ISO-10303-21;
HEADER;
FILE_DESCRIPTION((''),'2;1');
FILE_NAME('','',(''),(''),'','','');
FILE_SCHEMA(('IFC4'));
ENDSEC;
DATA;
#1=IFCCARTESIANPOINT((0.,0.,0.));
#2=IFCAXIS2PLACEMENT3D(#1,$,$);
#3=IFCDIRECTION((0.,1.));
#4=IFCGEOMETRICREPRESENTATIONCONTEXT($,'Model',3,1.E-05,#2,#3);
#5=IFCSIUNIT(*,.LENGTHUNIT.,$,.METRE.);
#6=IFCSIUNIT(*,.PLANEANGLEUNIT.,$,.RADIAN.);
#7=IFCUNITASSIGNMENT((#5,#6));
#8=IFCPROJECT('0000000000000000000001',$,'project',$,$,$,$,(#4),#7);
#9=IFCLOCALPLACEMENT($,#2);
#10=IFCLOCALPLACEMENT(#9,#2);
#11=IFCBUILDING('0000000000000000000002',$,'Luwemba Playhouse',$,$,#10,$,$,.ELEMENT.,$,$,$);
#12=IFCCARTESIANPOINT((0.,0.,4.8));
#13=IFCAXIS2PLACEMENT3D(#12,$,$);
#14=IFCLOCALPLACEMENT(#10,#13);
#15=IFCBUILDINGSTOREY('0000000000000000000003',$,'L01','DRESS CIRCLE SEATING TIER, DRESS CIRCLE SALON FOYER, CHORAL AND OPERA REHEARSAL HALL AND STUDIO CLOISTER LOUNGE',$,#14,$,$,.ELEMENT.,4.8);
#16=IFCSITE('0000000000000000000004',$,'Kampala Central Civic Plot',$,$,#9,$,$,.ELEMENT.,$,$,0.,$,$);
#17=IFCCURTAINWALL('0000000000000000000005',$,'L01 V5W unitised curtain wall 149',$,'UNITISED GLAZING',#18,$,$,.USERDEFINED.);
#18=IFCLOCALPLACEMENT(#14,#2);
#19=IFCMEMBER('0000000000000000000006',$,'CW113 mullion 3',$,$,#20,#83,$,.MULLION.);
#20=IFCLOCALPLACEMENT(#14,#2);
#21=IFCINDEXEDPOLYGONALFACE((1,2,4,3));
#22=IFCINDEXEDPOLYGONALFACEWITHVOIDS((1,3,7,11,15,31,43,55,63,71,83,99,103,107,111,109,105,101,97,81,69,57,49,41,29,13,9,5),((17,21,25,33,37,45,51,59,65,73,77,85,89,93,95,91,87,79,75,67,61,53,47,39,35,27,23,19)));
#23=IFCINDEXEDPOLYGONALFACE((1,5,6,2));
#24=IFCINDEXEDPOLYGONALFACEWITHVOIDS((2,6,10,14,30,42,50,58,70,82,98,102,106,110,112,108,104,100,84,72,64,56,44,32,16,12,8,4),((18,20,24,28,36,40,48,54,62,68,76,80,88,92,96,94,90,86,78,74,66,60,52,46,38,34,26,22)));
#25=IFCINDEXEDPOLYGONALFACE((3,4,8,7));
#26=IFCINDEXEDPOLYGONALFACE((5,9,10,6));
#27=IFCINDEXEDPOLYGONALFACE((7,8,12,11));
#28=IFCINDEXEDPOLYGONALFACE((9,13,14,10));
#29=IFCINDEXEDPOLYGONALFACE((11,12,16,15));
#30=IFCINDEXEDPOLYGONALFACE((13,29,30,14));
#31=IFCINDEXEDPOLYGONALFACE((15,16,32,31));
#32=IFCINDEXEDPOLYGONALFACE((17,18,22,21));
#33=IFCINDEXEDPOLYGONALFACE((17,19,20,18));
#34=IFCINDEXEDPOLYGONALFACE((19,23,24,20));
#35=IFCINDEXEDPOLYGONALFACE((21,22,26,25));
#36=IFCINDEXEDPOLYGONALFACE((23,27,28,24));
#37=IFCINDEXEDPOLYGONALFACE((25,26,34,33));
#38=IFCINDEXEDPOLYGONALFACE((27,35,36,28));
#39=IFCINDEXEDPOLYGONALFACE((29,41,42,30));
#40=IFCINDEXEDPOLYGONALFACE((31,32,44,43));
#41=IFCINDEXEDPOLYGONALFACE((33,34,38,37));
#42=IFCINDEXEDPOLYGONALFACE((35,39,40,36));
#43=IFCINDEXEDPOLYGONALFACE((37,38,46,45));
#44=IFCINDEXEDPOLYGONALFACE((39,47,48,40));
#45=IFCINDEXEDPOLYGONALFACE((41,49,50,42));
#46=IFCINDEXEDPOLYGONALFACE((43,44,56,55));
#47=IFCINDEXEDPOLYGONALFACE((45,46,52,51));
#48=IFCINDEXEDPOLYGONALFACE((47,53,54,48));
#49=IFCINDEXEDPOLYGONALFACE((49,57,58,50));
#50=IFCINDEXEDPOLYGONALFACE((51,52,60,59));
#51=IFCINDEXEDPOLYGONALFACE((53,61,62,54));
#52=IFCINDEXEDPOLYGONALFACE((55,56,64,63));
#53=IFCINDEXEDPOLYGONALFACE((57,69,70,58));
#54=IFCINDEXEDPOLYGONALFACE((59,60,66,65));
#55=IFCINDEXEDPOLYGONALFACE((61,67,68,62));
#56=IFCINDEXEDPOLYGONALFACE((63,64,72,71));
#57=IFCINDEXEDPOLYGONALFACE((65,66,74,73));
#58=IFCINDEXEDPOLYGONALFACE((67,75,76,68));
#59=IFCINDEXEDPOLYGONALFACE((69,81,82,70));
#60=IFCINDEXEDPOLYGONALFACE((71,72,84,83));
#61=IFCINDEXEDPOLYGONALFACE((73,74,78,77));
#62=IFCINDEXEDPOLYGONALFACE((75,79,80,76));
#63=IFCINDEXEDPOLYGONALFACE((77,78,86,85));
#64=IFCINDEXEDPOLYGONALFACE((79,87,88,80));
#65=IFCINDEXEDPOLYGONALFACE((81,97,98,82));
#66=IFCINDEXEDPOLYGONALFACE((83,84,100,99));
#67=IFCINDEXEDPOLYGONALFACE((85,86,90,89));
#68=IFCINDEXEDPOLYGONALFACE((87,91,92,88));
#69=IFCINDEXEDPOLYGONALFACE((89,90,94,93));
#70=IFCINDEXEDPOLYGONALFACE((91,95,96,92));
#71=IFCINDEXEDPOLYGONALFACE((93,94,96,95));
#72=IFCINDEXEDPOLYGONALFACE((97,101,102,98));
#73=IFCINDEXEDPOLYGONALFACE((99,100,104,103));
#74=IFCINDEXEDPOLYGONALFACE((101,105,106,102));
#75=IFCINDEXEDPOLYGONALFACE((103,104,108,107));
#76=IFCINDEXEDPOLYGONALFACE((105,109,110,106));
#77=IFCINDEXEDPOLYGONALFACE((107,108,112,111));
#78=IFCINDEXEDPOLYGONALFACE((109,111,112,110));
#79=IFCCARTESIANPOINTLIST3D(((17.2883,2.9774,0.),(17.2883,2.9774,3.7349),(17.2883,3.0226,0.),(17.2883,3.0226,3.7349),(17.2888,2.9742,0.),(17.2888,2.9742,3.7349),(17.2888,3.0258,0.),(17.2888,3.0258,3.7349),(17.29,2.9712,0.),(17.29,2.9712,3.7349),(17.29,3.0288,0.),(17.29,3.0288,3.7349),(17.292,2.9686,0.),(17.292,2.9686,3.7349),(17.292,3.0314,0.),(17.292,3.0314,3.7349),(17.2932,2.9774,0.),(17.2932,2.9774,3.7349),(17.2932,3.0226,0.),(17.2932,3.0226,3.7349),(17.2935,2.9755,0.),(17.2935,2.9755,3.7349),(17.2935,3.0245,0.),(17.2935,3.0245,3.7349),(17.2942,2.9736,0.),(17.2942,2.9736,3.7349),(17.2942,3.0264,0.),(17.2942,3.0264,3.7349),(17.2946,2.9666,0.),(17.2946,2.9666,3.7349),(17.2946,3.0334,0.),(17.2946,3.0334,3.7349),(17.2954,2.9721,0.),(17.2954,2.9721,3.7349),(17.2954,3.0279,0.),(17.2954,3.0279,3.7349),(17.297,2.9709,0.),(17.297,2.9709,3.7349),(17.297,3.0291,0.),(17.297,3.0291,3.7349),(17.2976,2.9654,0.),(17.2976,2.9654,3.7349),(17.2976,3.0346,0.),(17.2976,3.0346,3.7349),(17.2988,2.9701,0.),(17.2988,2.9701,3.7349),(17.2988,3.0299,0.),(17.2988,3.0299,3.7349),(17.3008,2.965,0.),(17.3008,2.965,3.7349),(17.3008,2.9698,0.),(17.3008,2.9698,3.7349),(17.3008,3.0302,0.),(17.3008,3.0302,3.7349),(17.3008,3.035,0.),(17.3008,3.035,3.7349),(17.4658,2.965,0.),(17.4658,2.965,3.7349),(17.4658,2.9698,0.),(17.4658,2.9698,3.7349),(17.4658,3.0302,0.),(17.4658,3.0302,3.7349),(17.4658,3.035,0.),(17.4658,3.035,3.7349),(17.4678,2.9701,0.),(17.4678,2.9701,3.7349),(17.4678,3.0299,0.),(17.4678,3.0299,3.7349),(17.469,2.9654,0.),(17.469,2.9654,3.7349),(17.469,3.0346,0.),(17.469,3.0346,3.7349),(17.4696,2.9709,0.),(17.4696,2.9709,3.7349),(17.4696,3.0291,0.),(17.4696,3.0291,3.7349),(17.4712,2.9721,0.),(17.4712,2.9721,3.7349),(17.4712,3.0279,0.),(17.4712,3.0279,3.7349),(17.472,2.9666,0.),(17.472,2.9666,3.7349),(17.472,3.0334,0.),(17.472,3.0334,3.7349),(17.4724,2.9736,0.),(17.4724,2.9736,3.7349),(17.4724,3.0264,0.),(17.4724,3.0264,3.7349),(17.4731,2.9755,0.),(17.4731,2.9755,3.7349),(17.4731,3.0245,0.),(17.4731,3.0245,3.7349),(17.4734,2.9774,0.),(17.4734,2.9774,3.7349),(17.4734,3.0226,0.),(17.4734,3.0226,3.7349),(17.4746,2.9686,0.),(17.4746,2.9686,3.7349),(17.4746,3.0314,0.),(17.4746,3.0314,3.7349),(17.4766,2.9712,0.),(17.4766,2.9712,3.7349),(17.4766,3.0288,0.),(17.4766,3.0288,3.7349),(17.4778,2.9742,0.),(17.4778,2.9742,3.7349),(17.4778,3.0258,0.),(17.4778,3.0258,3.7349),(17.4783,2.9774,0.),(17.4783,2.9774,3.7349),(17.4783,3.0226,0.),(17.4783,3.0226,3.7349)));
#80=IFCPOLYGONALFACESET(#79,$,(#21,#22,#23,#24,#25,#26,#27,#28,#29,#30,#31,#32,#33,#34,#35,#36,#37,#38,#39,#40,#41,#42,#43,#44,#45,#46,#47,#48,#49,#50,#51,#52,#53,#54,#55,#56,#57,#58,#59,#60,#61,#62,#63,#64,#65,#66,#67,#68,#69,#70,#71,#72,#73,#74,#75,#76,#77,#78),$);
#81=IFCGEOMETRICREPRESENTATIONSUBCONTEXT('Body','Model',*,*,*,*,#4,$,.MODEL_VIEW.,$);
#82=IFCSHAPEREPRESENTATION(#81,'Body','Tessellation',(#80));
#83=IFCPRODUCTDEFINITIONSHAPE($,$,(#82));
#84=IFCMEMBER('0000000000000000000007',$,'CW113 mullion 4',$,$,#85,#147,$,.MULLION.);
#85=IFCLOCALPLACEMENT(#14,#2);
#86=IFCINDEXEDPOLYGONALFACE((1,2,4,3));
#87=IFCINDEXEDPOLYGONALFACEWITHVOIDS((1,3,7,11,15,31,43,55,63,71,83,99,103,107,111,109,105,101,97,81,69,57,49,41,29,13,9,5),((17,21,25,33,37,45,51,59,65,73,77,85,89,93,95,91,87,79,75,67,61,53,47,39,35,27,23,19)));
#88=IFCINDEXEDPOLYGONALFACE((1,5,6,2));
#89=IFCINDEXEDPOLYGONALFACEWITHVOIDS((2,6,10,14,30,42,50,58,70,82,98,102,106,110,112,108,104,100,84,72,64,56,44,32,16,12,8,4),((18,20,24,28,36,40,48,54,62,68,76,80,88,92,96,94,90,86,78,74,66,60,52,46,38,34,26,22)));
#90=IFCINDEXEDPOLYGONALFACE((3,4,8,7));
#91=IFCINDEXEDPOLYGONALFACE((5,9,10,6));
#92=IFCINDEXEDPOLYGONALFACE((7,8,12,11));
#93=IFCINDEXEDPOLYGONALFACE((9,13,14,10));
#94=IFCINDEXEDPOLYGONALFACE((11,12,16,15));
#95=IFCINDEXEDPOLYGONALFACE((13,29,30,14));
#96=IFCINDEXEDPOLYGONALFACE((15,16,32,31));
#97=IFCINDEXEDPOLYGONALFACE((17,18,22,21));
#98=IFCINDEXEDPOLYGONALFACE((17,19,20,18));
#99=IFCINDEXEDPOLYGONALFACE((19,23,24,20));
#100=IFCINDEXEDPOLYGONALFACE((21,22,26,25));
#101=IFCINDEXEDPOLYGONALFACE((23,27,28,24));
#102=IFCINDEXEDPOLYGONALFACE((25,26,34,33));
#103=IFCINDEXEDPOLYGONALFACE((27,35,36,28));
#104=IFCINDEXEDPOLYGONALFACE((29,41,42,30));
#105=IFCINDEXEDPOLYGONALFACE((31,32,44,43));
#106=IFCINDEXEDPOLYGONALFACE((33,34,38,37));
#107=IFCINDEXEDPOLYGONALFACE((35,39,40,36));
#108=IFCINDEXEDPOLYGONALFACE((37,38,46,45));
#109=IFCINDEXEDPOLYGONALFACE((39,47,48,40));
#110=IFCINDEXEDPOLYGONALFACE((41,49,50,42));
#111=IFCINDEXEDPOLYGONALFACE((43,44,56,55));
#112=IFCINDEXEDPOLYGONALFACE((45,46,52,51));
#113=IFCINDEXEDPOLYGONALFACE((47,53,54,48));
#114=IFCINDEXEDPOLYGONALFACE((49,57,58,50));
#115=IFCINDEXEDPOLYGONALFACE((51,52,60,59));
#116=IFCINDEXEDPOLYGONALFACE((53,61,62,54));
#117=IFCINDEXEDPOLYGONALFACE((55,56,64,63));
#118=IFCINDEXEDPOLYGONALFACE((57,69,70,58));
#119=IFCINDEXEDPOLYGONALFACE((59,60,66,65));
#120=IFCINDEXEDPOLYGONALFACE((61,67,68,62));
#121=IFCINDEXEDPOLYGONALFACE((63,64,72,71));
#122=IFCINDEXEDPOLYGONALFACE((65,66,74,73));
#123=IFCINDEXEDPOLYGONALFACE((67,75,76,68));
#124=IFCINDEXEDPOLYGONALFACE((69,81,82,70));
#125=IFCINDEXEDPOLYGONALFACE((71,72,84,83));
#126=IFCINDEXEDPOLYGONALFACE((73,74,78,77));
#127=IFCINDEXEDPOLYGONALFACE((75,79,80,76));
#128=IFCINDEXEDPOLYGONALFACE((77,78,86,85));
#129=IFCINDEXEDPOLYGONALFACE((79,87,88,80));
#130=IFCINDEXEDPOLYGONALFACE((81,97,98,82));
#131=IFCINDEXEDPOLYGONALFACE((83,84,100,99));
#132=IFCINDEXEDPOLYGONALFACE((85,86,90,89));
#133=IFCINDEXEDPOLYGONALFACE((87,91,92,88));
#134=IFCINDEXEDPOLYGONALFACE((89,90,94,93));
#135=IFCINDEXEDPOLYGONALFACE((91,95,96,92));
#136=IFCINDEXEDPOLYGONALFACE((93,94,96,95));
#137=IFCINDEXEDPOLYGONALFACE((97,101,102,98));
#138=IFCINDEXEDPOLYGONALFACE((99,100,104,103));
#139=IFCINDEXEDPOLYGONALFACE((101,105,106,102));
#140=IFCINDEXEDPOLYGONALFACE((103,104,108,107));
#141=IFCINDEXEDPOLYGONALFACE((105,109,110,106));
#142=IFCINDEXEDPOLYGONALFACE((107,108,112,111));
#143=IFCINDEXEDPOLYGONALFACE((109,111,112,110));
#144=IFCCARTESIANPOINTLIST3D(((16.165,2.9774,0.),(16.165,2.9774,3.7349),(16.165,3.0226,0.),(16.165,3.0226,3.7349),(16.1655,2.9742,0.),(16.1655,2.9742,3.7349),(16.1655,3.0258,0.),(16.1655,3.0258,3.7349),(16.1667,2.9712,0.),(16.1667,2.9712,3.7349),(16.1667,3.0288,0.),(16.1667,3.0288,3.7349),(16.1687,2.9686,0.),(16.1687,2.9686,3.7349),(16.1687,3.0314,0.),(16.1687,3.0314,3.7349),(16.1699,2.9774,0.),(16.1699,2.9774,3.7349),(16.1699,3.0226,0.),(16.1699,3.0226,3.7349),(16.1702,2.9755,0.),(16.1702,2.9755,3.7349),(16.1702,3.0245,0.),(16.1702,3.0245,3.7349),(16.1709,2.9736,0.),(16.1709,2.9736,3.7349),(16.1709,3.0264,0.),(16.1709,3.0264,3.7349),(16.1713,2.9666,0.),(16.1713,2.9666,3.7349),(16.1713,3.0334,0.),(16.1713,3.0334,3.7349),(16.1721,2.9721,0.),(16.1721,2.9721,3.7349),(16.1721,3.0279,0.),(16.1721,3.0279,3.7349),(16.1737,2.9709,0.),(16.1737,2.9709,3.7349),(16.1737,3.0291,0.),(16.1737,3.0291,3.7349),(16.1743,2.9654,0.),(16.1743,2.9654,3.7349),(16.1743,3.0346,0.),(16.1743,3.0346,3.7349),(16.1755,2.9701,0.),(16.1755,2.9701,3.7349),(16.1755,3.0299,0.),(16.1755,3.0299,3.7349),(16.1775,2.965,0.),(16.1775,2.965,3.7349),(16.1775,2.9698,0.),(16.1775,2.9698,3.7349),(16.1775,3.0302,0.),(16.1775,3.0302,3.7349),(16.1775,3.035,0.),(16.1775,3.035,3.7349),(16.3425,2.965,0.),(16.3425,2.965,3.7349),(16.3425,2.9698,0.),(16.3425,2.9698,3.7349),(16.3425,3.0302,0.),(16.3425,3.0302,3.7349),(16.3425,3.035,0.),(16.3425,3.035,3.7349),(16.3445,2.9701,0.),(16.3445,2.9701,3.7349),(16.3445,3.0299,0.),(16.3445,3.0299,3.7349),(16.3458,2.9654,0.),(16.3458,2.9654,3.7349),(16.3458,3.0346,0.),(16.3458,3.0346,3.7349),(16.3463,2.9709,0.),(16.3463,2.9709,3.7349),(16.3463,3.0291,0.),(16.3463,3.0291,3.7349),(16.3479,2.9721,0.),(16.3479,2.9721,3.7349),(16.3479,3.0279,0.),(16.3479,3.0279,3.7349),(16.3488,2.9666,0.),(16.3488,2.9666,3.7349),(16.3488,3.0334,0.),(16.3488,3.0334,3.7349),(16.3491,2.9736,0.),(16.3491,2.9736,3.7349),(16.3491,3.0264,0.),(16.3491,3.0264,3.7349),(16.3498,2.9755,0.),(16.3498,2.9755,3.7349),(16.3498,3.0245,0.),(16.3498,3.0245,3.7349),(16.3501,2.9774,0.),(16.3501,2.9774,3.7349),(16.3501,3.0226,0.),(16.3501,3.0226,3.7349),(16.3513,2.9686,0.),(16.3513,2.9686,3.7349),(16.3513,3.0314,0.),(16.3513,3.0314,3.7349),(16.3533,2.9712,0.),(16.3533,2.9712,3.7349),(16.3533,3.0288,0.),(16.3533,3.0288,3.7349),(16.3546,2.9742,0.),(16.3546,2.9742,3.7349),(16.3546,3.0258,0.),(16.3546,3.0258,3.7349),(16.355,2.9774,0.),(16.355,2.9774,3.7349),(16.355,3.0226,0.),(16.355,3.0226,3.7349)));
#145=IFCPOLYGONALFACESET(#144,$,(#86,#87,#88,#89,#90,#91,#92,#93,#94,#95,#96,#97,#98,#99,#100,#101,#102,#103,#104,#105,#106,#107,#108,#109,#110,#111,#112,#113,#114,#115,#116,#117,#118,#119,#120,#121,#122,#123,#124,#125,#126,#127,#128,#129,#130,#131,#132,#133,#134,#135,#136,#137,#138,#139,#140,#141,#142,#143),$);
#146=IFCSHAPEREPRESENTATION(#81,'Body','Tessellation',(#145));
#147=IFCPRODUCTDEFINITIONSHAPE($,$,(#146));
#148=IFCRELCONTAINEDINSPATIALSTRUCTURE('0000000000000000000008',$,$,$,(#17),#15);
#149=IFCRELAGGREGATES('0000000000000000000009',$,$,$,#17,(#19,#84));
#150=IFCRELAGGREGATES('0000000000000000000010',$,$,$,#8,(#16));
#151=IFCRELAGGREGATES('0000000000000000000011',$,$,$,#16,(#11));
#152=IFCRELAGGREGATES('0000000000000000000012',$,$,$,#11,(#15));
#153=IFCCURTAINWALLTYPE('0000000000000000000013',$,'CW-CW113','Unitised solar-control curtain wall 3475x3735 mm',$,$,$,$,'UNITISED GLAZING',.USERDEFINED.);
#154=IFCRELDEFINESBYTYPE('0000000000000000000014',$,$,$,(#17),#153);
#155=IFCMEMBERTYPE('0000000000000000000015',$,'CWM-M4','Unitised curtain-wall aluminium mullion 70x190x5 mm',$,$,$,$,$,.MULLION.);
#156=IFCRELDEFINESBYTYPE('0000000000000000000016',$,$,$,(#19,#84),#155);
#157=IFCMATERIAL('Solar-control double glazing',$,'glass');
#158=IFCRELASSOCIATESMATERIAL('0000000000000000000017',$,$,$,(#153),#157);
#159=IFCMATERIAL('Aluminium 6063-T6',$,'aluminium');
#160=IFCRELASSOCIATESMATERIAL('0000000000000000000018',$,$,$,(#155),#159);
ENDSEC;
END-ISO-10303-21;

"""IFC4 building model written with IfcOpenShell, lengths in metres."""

from ifc_helpers import new_model, si_unit, direction, frame, origin, origin_2d, place, context, subcontext, project, spatial, hollow_rectangle, extrude, material, material_profile, profile_set, type_object, element, aggregate, save


model = new_model("IFC4")

# Units and contexts
model_context = context("Model", 3, precision=1e-05, world=origin(), true_north=direction((0.0, 1.0)))
body_context = subcontext(model_context, "Body", "Model", "MODEL_VIEW")
ifc_project = project(units=[si_unit("LENGTHUNIT", "METRE"), si_unit("PLANEANGLEUNIT", "RADIAN")], contexts=[model_context])

# Site, building, storey
site_placement = place(None, origin())
site = spatial("IfcSite", under=ifc_project, at=site_placement, Name="Kampala Central Civic Plot", CompositionType="ELEMENT", RefElevation=0.0)
building_placement = place(site_placement, origin())
building = spatial("IfcBuilding", under=site, at=building_placement, Name="Luwemba Playhouse", CompositionType="ELEMENT")
storey_placement = place(building_placement, frame((0.0, 0.0, 4.8)))
storey = spatial("IfcBuildingStorey", under=building, at=storey_placement, Name="L01", Description="DRESS CIRCLE SEATING TIER, DRESS CIRCLE SALON FOYER, CHORAL AND OPERA REHEARSAL HALL AND STUDIO CLOISTER LOUNGE", CompositionType="ELEMENT", Elevation=4.8)

# Curtain wall, members
ifc_material_1 = material(Name="Solar-control double glazing", Category="glass")
ifc_material_2 = material(Name="Aluminium 6063-T6", Category="aluminium")
curtain_wall_type_1 = type_object("IfcCurtainWallType", Name="CW-CW113", Description="Unitised solar-control curtain wall 3475x3735 mm", ElementType="UNITISED GLAZING", PredefinedType="USERDEFINED", material=ifc_material_1)
curtain_wall_1_placement = place(storey_placement, origin())
curtain_wall_1 = element("IfcCurtainWall", 1, at=curtain_wall_1_placement, inside=storey, type_object=curtain_wall_type_1, Name="L01 V5W unitised curtain wall 149", ObjectType="UNITISED GLAZING", PredefinedType="USERDEFINED")
ifc_material_profile_1 = material_profile(ifc_material_2, hollow_rectangle(XDim=0.0701, YDim=0.1899, WallThickness=0.0049, InnerFilletRadius=0.0076, OuterFilletRadius=0.0125, at=origin_2d()))
ifc_profile_set_1 = profile_set([ifc_material_profile_1], Name="Aluminium 6063-T6")
member_type_1 = type_object("IfcMemberType", Name="CWM-M4", Description="Unitised curtain-wall aluminium mullion 70x190x5 mm", PredefinedType="MULLION", material=ifc_profile_set_1)
member_1_placement = place(storey_placement, frame((17.3833, 3.0, 0.0), z_axis=(0.0, 0.0, 1.0), x_axis=(0.0, -1.0, 0.0)))
member_1 = element("IfcMember", 2, at=member_1_placement, type_object=member_type_1, Name="CW113 mullion 3", PredefinedType="MULLION", context=body_context, shape_type="SweptSolid", body=[
    extrude(hollow_rectangle(XDim=0.0701, YDim=0.1899, WallThickness=0.0049, InnerFilletRadius=0.0076, OuterFilletRadius=0.0125, at=origin_2d()), origin(), (0.0, 0.0, 1.0), 3.7349),
])
member_2_placement = place(storey_placement, frame((16.26, 3.0, 0.0), z_axis=(0.0, 0.0, 1.0), x_axis=(0.0, -1.0, 0.0)))
member_2 = element("IfcMember", 3, at=member_2_placement, type_object=member_type_1, Name="CW113 mullion 4", PredefinedType="MULLION", context=body_context, shape_type="SweptSolid", body=[
    extrude(hollow_rectangle(XDim=0.0701, YDim=0.1899, WallThickness=0.0049, InnerFilletRadius=0.0076, OuterFilletRadius=0.0125, at=origin_2d()), origin(), (0.0, 0.0, 1.0), 3.7349),
])

aggregate(curtain_wall_1, [member_1, member_2])

save(model, "model.ifc")
